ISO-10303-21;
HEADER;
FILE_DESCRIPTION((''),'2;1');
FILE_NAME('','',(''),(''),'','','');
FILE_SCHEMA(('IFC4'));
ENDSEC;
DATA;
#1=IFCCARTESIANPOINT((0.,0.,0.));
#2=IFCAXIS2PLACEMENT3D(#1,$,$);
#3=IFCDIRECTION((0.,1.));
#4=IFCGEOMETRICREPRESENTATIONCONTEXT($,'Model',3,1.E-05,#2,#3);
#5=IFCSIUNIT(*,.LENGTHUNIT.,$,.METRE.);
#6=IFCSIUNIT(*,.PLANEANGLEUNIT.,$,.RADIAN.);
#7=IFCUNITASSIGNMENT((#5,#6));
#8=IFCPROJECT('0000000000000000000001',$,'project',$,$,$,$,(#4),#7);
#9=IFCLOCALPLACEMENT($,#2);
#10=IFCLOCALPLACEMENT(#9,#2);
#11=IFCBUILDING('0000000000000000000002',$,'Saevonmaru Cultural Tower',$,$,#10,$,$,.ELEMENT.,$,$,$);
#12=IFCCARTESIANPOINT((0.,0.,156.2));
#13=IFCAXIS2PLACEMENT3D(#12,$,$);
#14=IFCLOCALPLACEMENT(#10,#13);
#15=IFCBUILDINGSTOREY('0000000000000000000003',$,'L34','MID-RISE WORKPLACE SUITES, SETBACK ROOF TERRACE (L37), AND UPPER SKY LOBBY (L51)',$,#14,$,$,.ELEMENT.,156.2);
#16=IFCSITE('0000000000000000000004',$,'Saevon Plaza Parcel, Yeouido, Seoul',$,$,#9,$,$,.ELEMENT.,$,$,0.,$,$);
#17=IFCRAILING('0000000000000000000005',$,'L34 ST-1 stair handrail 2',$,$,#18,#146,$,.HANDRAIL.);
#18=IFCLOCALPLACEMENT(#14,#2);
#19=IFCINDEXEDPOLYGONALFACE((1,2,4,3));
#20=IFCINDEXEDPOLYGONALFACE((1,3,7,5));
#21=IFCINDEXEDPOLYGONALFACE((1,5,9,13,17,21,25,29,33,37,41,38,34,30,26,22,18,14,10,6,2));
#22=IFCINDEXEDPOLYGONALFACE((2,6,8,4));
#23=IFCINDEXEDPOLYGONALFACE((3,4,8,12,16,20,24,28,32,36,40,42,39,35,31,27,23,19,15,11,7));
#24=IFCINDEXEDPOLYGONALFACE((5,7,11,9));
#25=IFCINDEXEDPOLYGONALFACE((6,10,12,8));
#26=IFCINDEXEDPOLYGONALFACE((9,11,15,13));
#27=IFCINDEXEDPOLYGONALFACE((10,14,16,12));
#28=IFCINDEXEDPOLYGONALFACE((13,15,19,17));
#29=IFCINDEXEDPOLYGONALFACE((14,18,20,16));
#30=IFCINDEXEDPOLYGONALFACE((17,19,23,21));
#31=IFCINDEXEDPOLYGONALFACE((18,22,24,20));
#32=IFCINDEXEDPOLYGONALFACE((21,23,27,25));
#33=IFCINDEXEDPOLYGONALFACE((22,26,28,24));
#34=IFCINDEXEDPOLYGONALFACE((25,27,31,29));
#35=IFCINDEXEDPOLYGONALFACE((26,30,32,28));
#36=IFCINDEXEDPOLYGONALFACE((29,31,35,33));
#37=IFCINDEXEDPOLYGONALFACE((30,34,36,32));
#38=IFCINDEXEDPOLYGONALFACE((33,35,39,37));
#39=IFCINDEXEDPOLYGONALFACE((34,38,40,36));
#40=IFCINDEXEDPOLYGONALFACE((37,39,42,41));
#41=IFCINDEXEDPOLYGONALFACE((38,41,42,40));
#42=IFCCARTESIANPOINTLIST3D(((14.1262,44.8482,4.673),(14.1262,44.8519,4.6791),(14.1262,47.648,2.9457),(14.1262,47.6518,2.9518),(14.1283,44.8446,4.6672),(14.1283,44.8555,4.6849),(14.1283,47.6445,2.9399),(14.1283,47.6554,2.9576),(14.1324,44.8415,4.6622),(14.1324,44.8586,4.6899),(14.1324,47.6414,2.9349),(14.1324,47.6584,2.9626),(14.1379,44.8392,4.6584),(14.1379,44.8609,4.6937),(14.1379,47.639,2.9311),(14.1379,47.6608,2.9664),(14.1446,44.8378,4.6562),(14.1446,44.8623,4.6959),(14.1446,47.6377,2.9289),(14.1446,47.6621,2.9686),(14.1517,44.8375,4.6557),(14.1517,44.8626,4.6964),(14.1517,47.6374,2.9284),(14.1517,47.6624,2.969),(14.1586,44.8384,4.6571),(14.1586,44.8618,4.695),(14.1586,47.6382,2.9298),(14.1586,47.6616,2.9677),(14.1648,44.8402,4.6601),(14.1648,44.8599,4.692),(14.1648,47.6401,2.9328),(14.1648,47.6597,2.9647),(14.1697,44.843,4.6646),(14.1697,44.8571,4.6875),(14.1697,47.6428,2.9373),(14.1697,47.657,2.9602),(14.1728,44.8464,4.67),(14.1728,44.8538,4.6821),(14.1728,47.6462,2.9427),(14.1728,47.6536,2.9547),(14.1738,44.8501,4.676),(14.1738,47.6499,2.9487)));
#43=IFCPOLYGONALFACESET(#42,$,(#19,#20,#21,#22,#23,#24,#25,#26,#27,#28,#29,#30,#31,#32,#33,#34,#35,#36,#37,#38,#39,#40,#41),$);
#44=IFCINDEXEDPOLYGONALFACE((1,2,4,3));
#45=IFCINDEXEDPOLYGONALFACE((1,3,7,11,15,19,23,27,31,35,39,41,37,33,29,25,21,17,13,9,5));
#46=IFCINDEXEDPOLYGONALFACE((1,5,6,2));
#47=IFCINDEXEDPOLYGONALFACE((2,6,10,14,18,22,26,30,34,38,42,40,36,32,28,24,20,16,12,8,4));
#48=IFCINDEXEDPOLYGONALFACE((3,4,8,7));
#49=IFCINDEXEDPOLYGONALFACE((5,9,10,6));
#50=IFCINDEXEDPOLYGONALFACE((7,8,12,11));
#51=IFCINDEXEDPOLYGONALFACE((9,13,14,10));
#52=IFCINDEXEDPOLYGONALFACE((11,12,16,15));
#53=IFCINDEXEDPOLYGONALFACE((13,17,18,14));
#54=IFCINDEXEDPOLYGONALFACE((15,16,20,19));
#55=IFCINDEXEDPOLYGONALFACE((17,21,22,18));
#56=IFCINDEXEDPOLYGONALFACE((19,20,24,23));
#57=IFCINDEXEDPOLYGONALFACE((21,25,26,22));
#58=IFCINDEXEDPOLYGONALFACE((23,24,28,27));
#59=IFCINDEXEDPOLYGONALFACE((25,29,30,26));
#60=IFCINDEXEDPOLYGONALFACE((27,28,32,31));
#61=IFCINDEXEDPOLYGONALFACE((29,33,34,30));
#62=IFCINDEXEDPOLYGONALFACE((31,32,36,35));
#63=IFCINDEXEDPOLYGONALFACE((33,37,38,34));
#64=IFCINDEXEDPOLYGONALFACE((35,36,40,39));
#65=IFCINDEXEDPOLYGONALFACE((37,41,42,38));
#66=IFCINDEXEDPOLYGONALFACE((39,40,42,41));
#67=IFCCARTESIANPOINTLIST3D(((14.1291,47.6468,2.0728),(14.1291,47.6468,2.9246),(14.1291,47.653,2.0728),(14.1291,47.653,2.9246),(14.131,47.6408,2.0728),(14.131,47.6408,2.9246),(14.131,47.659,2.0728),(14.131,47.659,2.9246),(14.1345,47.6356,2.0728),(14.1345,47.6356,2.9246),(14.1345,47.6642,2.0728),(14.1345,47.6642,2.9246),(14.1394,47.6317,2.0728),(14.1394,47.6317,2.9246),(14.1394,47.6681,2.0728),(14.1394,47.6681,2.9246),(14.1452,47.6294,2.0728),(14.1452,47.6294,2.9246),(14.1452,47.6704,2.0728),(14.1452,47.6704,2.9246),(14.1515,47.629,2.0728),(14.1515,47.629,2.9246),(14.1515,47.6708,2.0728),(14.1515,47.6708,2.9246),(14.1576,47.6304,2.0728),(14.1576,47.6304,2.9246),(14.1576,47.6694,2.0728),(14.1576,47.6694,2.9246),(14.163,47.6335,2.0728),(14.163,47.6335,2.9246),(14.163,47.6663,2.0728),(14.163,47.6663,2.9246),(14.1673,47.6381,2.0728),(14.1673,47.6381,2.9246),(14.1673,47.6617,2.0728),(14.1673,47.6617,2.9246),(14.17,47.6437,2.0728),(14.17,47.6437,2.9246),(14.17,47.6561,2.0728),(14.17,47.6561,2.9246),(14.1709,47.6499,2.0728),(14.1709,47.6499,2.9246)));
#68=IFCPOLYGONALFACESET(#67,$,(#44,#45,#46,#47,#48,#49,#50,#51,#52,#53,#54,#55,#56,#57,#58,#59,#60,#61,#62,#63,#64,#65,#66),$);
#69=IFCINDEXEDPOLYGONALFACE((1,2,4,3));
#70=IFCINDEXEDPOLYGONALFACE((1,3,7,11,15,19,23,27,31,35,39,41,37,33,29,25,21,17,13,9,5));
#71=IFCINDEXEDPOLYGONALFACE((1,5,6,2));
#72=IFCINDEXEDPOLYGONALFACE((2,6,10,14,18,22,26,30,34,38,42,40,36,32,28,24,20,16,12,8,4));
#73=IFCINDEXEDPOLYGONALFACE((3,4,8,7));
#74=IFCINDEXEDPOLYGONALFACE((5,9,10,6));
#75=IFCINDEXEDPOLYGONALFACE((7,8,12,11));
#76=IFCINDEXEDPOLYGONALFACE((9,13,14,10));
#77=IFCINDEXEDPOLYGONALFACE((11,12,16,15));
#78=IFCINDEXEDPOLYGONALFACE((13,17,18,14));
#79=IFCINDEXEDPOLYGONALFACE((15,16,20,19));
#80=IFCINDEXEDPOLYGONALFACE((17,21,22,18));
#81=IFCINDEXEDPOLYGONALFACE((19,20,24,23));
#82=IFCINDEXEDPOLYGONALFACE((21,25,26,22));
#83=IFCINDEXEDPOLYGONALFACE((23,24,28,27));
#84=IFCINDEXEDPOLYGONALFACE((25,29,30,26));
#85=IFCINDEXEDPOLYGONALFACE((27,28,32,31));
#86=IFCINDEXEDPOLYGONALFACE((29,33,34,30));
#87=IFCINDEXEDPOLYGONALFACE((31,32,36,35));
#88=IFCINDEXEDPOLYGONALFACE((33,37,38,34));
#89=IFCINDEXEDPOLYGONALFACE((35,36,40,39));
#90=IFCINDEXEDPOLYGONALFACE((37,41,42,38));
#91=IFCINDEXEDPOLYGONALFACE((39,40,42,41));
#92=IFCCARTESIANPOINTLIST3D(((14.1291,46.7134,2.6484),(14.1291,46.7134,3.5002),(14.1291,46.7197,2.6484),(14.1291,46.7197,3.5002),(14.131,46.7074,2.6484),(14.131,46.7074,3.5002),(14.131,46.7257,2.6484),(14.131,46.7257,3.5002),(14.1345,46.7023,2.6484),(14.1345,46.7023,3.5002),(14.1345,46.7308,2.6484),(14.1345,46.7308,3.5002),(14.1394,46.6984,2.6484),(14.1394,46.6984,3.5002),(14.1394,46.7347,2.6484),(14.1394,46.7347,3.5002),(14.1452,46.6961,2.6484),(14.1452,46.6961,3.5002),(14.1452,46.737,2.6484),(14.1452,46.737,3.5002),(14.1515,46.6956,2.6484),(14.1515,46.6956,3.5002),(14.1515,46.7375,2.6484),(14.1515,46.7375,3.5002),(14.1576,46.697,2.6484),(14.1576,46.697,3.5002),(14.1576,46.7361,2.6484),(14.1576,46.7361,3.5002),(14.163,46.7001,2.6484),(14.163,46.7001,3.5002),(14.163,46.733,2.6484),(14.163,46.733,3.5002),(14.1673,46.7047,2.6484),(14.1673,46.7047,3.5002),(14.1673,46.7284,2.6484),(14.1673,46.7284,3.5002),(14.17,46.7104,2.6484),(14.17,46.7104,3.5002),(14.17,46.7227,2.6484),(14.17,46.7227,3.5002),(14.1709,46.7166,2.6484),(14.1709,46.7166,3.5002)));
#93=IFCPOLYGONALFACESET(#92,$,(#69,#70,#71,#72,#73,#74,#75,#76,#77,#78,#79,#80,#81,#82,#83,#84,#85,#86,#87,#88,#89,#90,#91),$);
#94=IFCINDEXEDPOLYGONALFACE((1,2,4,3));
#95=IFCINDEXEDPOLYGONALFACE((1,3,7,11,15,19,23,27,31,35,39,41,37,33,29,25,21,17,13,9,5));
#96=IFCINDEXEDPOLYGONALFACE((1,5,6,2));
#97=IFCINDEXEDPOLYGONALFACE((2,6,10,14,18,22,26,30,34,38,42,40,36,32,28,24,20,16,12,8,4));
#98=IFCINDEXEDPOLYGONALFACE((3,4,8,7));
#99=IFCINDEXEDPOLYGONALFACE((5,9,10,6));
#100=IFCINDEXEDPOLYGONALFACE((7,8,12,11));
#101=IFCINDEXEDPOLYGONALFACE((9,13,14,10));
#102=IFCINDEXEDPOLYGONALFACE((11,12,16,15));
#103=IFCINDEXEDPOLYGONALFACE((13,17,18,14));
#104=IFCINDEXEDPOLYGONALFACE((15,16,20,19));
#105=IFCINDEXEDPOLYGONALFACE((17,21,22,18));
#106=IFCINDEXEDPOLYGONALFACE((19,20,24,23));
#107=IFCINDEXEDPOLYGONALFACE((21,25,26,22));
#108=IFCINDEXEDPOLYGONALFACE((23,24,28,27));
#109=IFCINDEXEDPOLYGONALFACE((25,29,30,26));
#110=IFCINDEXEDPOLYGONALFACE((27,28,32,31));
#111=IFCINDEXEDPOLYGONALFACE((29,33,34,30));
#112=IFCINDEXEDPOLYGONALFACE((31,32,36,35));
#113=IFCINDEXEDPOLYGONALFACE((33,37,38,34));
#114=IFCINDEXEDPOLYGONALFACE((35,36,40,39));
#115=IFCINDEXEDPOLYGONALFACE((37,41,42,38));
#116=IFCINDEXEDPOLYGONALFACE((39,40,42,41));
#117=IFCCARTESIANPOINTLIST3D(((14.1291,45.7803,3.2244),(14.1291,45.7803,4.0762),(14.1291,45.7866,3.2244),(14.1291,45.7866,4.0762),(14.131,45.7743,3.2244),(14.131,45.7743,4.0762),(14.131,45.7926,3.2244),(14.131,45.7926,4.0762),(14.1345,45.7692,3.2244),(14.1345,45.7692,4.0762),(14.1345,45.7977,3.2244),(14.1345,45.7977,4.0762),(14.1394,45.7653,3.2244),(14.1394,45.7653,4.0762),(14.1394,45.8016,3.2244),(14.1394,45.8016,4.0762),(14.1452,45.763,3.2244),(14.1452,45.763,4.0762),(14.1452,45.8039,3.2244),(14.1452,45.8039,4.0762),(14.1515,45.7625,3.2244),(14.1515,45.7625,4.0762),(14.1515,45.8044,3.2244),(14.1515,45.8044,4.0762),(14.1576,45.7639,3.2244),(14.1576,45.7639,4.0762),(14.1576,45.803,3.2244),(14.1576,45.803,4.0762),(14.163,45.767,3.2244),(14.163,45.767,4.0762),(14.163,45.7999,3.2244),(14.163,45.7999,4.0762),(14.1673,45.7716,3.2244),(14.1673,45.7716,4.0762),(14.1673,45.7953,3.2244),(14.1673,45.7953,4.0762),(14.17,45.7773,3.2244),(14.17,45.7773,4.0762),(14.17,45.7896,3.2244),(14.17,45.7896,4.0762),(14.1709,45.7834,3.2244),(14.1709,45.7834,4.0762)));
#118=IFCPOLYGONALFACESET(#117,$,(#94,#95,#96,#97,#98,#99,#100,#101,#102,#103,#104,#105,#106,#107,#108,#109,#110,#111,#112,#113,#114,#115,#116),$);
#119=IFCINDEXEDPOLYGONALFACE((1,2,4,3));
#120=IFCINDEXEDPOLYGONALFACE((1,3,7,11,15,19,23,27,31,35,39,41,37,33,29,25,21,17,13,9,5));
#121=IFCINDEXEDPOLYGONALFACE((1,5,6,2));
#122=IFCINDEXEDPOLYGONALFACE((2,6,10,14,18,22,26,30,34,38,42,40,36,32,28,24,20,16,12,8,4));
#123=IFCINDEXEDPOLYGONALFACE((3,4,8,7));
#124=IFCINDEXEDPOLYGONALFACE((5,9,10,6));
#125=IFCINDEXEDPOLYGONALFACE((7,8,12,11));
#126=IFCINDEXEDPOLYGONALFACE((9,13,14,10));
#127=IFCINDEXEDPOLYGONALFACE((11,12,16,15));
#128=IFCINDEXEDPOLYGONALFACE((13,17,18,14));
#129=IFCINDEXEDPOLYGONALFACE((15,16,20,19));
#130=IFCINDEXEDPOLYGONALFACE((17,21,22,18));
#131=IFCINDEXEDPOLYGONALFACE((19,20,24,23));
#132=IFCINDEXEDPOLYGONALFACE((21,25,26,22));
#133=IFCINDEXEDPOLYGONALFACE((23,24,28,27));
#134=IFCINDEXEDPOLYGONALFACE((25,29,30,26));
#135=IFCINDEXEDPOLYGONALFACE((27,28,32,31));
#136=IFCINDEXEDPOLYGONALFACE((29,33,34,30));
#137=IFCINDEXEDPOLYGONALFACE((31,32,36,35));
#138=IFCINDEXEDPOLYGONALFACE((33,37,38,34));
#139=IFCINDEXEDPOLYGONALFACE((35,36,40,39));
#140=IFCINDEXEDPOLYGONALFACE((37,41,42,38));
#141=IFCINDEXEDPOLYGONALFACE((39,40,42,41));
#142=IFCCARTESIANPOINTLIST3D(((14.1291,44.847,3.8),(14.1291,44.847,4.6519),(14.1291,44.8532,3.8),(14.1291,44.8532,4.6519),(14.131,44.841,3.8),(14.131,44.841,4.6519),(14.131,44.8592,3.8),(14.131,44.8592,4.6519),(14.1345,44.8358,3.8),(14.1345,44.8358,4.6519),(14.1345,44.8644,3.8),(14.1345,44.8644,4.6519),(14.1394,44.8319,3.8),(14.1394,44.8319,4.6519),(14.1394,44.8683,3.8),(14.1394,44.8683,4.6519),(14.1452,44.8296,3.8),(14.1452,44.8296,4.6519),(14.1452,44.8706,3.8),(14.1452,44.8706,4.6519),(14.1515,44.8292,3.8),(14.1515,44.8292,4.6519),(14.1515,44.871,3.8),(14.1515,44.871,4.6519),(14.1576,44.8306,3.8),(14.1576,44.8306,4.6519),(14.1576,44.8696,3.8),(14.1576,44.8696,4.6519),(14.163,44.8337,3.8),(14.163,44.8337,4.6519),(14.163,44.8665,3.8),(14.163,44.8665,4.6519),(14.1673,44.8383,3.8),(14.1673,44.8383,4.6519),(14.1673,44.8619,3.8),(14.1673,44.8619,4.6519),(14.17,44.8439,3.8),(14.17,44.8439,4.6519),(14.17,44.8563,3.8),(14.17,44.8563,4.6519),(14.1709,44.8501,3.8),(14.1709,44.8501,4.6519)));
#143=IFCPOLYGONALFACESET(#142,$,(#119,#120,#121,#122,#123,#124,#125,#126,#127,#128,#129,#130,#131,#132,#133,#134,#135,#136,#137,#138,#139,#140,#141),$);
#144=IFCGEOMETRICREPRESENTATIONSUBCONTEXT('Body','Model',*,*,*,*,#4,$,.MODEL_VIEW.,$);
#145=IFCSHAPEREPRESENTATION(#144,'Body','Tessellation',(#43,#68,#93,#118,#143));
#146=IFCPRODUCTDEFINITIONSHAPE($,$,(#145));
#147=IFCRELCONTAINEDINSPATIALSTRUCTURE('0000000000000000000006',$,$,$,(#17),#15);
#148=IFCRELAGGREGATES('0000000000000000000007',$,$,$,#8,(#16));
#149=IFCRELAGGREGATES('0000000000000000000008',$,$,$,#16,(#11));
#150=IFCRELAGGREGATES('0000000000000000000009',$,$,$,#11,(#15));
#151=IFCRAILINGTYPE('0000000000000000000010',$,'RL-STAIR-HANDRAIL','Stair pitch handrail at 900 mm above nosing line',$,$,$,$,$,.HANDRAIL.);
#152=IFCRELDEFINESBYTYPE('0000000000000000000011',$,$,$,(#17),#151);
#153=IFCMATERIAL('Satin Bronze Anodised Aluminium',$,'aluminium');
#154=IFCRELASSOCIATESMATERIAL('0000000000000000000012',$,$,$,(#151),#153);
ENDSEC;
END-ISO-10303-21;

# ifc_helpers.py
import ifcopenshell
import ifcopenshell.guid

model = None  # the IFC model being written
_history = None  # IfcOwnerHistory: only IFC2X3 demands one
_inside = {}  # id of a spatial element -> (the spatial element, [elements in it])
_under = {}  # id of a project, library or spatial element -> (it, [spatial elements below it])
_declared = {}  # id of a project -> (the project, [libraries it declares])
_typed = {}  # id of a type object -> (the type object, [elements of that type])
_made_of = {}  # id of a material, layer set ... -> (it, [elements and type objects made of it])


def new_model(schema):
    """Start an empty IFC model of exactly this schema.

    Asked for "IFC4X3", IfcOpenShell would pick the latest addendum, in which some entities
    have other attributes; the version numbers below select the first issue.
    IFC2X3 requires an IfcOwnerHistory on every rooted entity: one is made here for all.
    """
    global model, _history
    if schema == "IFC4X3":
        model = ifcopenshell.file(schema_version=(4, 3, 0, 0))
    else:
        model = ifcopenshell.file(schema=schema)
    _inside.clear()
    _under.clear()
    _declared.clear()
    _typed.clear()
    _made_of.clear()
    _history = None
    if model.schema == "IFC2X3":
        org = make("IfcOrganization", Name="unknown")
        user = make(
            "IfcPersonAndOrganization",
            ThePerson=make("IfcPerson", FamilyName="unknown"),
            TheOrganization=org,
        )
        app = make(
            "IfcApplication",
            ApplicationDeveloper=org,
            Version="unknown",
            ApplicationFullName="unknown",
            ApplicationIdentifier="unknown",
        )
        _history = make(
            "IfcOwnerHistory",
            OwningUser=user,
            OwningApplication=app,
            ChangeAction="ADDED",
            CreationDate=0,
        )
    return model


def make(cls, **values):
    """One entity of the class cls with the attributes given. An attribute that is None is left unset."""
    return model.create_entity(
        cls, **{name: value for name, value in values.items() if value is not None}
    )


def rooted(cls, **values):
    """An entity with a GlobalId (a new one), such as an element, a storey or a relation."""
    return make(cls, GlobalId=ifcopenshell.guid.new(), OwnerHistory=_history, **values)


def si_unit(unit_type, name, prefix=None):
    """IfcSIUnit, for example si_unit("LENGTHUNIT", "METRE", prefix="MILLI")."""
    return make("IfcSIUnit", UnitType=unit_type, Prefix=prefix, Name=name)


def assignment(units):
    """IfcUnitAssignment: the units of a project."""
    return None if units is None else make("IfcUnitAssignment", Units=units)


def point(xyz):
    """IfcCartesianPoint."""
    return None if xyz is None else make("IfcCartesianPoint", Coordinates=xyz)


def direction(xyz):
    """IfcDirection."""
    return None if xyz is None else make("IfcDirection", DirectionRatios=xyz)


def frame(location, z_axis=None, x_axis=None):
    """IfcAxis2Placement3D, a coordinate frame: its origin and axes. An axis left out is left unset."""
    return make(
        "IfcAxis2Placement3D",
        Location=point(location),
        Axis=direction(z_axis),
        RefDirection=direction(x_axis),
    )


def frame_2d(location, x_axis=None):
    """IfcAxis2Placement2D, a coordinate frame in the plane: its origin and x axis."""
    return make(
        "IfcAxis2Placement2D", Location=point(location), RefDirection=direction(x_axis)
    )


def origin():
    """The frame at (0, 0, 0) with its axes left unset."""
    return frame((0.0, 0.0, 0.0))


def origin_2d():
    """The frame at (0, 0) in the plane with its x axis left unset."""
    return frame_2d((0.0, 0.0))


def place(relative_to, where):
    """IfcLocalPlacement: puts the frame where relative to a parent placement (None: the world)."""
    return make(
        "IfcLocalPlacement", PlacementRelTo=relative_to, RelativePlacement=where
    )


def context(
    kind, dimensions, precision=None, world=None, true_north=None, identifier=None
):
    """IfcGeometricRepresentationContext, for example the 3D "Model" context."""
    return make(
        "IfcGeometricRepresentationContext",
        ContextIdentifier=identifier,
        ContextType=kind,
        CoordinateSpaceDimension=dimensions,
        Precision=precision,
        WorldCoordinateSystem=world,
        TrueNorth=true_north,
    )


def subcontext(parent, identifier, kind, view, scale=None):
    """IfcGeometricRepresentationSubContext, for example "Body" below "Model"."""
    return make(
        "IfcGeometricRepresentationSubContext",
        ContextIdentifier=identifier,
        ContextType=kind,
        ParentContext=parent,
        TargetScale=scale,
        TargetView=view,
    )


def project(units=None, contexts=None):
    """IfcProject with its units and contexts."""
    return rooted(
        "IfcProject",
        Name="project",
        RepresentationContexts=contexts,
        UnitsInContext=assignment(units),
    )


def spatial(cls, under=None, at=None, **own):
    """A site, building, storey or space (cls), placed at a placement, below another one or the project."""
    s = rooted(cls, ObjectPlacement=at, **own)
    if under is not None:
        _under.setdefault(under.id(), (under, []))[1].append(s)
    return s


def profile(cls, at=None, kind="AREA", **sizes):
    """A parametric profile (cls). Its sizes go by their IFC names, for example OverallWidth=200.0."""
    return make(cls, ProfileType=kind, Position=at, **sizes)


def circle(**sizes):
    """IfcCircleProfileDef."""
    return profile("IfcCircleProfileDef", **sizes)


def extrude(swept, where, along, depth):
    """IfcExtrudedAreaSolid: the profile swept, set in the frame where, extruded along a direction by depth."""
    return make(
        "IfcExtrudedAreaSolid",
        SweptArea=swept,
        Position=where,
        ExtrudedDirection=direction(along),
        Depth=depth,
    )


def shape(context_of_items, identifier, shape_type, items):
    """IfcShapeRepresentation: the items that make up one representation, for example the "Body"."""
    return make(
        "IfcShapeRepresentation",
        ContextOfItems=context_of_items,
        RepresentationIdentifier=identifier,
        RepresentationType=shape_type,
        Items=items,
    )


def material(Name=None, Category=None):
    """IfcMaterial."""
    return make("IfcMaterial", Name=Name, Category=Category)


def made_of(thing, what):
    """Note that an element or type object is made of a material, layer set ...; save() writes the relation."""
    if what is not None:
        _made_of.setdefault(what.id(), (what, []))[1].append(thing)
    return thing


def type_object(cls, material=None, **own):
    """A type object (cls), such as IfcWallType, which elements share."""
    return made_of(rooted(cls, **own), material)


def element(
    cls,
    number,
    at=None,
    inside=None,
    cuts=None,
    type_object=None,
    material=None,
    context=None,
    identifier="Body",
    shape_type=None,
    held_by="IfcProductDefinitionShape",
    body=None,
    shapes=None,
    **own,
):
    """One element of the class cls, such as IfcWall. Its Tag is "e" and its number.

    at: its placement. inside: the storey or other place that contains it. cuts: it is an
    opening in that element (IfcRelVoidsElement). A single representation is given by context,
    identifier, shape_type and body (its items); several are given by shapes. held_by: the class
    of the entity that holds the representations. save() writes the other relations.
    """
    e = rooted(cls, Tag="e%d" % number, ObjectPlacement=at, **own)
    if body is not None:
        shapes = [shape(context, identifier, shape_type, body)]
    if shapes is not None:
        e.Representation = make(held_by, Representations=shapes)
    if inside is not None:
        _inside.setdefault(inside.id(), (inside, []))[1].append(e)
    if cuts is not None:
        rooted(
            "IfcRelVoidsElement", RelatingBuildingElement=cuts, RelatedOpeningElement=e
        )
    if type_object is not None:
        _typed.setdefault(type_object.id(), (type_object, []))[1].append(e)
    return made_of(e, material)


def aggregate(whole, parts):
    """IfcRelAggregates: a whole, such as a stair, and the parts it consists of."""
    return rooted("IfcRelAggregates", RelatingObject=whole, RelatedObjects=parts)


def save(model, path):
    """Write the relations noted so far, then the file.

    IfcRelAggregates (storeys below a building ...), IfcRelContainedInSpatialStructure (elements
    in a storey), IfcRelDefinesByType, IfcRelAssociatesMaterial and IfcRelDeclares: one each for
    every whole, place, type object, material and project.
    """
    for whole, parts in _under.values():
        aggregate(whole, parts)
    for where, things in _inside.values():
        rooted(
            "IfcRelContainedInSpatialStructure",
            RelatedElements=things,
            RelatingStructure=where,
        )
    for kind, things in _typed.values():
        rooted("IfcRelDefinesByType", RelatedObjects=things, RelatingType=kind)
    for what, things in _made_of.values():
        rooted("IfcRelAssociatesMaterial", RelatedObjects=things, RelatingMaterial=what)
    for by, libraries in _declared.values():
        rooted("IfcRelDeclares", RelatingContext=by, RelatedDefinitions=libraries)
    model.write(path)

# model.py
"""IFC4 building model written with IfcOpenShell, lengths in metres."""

from ifc_helpers import new_model, si_unit, direction, frame, origin, origin_2d, place, context, subcontext, project, spatial, circle, extrude, material, type_object, element, save


model = new_model("IFC4")

# Units and contexts
model_context = context("Model", 3, precision=1e-05, world=origin(), true_north=direction((0.0, 1.0)))
body_context = subcontext(model_context, "Body", "Model", "MODEL_VIEW")
ifc_project = project(units=[si_unit("LENGTHUNIT", "METRE"), si_unit("PLANEANGLEUNIT", "RADIAN")], contexts=[model_context])

# Site, building, storey
site_placement = place(None, origin())
site = spatial("IfcSite", under=ifc_project, at=site_placement, Name="Saevon Plaza Parcel, Yeouido, Seoul", CompositionType="ELEMENT", RefElevation=0.0)
building_placement = place(site_placement, origin())
building = spatial("IfcBuilding", under=site, at=building_placement, Name="Saevonmaru Cultural Tower", CompositionType="ELEMENT")
storey_placement = place(building_placement, frame((0.0, 0.0, 156.2)))
storey = spatial("IfcBuildingStorey", under=building, at=storey_placement, Name="L34", Description="MID-RISE WORKPLACE SUITES, SETBACK ROOF TERRACE (L37), AND UPPER SKY LOBBY (L51)", CompositionType="ELEMENT", Elevation=156.2)

# Shared definitions
ifc_material_1 = material(Name="Satin Bronze Anodised Aluminium", Category="aluminium")

# Railing
railing_type_1 = type_object("IfcRailingType", Name="RL-STAIR-HANDRAIL", Description="Stair pitch handrail at 900 mm above nosing line", PredefinedType="HANDRAIL", material=ifc_material_1)
railing_1_placement = place(storey_placement, frame((14.1499, 47.6499, 2.0728)))
element("IfcRailing", 1, at=railing_1_placement, inside=storey, type_object=railing_type_1, Name="L34 ST-1 stair handrail 2", PredefinedType="HANDRAIL", context=body_context, shape_type="SweptSolid", body=[
    extrude(circle(Radius=0.0239, at=origin_2d()), frame((0.0, 0.0, 0.876), z_axis=(0.0, -0.851069, 0.525054), x_axis=(1.0, 0.0, 0.0)), (0.0, 0.0, 1.0), 3.2898),
    extrude(circle(Radius=0.021, at=origin_2d()), origin(), (0.0, 0.0, 1.0), 0.8518),
    extrude(circle(Radius=0.021, at=origin_2d()), frame((0.0, -0.9333, 0.5757)), (0.0, 0.0, 1.0), 0.8518),
    extrude(circle(Radius=0.021, at=origin_2d()), frame((0.0, -1.8665, 1.1516)), (0.0, 0.0, 1.0), 0.8518),
    extrude(circle(Radius=0.021, at=origin_2d()), frame((0.0, -2.7998, 1.7273)), (0.0, 0.0, 1.0), 0.8518),
])

save(model, "model.ifc")
